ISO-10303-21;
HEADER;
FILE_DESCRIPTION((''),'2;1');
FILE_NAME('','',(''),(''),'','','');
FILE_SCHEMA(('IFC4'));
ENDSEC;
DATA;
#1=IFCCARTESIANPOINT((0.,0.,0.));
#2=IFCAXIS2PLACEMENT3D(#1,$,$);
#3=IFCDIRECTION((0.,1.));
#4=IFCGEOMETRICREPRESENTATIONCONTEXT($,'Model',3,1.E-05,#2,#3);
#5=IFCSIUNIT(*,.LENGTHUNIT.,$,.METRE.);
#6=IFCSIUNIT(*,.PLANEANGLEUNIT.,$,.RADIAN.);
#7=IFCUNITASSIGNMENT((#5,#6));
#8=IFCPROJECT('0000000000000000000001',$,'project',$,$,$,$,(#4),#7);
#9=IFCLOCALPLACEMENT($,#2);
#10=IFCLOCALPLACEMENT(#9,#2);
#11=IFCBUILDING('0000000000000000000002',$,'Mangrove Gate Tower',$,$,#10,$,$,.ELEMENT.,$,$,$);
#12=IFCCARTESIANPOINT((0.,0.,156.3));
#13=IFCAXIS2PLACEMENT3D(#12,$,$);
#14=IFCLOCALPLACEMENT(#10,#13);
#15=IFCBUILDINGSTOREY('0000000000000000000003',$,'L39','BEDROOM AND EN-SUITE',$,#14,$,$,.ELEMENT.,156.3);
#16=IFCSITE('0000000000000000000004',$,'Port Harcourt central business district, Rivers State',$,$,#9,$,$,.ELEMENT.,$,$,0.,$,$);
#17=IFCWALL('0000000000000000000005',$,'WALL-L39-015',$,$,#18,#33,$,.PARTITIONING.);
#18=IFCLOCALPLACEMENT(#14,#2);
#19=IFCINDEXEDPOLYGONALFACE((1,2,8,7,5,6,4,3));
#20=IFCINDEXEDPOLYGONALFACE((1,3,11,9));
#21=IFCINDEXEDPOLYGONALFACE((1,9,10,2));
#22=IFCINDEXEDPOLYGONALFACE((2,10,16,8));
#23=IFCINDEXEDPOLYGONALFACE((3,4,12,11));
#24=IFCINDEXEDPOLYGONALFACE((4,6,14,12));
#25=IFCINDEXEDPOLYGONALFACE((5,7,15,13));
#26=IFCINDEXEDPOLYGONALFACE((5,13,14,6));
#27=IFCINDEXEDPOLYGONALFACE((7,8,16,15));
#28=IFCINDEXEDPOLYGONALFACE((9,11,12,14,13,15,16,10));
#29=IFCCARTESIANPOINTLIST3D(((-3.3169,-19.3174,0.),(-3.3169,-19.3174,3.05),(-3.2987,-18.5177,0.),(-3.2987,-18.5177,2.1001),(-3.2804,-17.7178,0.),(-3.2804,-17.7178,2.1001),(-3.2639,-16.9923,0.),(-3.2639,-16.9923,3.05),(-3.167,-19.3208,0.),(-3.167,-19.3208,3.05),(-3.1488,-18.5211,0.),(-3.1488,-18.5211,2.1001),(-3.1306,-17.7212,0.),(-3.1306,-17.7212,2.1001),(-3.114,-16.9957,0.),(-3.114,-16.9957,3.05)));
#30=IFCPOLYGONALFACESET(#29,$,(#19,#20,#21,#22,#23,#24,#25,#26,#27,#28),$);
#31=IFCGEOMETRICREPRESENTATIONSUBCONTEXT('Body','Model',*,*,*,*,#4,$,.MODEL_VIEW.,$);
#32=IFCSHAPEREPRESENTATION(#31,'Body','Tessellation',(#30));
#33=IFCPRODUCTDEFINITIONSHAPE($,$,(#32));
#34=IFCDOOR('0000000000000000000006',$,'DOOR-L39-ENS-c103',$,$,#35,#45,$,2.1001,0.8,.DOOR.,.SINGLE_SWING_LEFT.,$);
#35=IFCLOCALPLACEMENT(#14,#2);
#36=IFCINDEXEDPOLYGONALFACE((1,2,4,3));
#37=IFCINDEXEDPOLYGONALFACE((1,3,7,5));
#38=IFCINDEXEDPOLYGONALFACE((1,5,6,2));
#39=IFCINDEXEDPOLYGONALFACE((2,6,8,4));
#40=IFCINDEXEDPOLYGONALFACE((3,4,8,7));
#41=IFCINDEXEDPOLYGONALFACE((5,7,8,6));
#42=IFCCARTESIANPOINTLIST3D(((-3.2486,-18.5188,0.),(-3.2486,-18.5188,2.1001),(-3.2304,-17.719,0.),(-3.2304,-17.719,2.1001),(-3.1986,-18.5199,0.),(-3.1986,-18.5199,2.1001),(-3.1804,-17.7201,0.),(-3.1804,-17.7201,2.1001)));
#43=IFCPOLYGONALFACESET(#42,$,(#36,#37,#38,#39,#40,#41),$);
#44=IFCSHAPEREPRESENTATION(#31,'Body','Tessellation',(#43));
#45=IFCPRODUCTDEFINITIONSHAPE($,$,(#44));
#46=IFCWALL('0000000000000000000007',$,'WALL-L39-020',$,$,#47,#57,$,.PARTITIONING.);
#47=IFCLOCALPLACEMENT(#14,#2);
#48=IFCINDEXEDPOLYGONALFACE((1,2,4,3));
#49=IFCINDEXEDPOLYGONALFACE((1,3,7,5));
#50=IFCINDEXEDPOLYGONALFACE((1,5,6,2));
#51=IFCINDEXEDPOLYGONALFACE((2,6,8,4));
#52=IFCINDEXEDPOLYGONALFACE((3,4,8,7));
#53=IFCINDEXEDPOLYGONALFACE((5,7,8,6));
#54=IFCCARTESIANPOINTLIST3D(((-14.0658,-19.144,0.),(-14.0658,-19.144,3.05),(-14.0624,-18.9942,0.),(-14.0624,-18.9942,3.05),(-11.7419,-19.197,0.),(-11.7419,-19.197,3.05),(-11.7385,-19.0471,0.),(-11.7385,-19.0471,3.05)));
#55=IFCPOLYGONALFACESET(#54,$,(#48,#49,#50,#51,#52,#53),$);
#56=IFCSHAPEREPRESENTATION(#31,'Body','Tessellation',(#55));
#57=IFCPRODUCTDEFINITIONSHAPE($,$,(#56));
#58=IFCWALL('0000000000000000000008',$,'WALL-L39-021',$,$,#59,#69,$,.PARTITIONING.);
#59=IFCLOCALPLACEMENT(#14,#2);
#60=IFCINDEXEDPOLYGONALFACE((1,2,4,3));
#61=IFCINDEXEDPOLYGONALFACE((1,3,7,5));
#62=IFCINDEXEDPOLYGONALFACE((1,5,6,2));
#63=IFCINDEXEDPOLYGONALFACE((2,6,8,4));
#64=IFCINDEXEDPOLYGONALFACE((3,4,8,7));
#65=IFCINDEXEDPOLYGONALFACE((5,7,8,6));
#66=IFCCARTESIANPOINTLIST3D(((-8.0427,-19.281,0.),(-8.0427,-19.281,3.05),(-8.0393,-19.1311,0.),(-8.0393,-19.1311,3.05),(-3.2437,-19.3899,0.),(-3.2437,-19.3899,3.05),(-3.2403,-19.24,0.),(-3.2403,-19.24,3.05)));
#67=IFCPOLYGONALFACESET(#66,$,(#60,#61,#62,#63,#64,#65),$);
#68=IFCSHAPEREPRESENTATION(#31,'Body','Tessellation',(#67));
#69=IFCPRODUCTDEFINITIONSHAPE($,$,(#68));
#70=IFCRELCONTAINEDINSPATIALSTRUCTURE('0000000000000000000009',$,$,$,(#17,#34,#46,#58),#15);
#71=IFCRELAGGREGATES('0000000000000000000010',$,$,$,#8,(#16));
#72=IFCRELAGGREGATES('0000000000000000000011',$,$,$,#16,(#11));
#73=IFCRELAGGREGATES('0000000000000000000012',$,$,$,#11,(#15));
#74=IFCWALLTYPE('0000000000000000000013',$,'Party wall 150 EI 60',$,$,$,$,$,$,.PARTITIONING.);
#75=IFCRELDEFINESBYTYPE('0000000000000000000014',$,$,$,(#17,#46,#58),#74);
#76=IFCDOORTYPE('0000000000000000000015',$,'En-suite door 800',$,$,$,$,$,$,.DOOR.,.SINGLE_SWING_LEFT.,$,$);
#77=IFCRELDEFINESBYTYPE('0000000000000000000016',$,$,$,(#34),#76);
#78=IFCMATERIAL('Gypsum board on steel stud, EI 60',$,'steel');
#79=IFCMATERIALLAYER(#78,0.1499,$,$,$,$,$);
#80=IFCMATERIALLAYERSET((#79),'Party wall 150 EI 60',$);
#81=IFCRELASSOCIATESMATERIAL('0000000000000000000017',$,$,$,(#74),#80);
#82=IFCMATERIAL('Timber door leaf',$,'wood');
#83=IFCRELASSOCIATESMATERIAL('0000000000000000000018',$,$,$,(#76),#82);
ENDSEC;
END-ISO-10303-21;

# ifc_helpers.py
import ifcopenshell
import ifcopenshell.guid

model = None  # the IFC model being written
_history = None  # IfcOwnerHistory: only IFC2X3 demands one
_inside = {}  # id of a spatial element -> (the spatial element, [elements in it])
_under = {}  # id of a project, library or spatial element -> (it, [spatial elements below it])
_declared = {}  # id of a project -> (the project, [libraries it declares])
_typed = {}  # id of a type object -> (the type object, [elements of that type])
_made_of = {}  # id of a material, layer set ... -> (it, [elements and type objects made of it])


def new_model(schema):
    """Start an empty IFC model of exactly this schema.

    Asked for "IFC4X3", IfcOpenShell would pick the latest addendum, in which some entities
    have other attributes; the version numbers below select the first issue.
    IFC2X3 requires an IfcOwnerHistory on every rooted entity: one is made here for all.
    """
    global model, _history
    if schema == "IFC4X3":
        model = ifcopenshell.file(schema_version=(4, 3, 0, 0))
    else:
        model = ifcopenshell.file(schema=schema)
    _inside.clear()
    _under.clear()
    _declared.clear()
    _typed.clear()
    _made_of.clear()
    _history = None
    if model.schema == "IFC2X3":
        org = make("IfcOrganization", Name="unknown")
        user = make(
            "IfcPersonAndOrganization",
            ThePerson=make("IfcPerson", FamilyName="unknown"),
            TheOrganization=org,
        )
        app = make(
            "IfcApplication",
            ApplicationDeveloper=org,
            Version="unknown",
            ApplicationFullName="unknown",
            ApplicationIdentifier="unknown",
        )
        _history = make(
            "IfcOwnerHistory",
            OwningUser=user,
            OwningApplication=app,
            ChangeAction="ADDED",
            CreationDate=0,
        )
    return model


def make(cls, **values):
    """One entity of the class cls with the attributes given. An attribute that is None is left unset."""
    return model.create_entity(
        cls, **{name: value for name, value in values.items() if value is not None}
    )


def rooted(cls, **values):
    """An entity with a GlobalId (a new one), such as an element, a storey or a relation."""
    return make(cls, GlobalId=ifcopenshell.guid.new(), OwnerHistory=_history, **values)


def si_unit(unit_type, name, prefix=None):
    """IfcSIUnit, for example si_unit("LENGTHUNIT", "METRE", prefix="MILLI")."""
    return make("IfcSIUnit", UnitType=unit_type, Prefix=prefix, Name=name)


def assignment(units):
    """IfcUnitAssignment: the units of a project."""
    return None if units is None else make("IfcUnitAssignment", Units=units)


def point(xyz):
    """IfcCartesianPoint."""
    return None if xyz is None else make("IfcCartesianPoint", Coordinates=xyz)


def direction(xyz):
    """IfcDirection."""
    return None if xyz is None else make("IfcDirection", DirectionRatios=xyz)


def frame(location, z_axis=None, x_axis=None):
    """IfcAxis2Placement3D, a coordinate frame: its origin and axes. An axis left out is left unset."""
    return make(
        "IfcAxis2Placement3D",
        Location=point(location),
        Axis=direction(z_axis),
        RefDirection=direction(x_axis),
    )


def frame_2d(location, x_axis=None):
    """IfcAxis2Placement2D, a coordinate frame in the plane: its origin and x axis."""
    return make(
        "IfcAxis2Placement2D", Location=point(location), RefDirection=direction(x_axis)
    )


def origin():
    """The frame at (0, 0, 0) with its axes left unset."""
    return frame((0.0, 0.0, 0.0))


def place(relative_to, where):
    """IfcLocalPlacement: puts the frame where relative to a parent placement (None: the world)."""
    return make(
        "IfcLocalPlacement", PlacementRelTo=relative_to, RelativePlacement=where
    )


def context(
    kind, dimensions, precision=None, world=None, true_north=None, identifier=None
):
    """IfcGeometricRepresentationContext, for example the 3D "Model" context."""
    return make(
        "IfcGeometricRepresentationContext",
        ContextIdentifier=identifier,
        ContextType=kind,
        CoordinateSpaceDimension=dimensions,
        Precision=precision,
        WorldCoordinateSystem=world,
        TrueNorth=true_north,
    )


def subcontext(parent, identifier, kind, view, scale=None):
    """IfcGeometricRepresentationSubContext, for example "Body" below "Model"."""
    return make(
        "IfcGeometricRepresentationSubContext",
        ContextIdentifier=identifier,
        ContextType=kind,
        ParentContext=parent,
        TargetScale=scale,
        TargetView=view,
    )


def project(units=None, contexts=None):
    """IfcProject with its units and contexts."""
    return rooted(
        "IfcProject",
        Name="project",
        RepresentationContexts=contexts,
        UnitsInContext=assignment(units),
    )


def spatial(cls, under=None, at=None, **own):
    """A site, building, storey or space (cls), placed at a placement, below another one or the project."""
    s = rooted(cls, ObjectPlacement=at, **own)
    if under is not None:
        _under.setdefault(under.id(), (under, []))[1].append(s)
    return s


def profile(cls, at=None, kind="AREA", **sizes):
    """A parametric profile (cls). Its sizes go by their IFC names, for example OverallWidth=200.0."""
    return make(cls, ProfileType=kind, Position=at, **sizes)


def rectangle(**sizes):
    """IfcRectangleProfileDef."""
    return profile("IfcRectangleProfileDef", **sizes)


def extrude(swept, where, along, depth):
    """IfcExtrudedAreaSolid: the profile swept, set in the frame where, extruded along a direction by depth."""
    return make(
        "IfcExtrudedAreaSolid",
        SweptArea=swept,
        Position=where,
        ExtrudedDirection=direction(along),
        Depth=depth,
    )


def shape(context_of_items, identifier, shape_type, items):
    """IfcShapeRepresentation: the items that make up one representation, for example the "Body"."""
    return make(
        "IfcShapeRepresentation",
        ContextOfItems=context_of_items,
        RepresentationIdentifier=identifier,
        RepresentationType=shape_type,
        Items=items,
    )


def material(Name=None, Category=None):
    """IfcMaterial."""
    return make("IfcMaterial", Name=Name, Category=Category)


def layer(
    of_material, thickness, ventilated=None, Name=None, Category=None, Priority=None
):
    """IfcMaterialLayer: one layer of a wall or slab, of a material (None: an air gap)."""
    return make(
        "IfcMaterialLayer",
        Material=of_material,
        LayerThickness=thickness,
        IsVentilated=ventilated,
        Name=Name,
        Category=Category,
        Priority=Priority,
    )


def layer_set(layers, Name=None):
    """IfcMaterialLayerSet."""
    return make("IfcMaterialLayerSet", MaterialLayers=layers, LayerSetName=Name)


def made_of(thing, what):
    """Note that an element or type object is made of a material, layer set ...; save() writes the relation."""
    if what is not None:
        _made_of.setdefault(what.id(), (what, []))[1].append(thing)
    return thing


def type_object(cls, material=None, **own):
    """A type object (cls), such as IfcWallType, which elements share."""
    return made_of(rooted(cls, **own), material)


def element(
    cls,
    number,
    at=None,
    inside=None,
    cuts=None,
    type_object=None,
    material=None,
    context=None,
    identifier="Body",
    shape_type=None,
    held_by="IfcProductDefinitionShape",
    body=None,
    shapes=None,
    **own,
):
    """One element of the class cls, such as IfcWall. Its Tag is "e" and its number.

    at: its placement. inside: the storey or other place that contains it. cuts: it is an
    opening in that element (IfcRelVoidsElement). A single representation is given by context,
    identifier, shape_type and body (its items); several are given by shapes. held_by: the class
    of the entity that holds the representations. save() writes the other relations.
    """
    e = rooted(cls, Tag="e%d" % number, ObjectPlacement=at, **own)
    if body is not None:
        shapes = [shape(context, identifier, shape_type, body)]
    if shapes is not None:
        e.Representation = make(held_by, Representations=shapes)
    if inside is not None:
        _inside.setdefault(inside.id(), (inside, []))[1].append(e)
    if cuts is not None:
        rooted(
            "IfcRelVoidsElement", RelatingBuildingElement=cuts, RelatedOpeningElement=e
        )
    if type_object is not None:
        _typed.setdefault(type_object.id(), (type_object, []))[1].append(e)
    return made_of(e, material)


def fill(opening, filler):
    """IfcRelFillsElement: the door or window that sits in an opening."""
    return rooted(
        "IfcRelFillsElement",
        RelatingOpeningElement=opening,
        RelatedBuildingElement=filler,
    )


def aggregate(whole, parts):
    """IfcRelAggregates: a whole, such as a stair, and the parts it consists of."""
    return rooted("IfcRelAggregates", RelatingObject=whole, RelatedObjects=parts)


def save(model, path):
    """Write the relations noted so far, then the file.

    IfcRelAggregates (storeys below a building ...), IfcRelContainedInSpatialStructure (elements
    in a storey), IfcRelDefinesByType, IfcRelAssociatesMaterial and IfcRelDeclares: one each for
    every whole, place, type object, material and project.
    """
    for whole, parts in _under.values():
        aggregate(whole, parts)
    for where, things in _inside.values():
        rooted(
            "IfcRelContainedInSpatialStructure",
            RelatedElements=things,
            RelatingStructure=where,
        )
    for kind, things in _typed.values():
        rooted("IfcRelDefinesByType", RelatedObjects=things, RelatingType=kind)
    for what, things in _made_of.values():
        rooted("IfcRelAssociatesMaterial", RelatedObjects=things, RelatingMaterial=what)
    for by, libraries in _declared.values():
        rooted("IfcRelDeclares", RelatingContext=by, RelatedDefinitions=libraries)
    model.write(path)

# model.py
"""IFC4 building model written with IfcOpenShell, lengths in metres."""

from ifc_helpers import new_model, si_unit, direction, frame, frame_2d, origin, place, context, subcontext, project, spatial, rectangle, extrude, material, layer, layer_set, type_object, element, fill, save


model = new_model("IFC4")

# Units and contexts
model_context = context("Model", 3, precision=1e-05, world=origin(), true_north=direction((0.0, 1.0)))
body_context = subcontext(model_context, "Body", "Model", "MODEL_VIEW")
ifc_project = project(units=[si_unit("LENGTHUNIT", "METRE"), si_unit("PLANEANGLEUNIT", "RADIAN")], contexts=[model_context])

# Site, building, storey
site_placement = place(None, origin())
site = spatial("IfcSite", under=ifc_project, at=site_placement, Name="Port Harcourt central business district, Rivers State", CompositionType="ELEMENT", RefElevation=0.0)
building_placement = place(site_placement, origin())
building = spatial("IfcBuilding", under=site, at=building_placement, Name="Mangrove Gate Tower", CompositionType="ELEMENT")
storey_placement = place(building_placement, frame((0.0, 0.0, 156.3)))
storey = spatial("IfcBuildingStorey", under=building, at=storey_placement, Name="L39", Description="BEDROOM AND EN-SUITE", CompositionType="ELEMENT", Elevation=156.3)

# Shared definitions
ifc_material_1 = material(Name="Gypsum board on steel stud, EI 60", Category="steel")
ifc_layer_1 = layer(ifc_material_1, 0.1499)
ifc_layer_set_1 = layer_set([ifc_layer_1], Name="Party wall 150 EI 60")
wall_type_1 = type_object("IfcWallType", Name="Party wall 150 EI 60", PredefinedType="PARTITIONING", material=ifc_layer_set_1)

# Wall, opening, door
ifc_material_2 = material(Name="Timber door leaf", Category="wood")
door_type_1 = type_object("IfcDoorType", Name="En-suite door 800", OperationType="SINGLE_SWING_LEFT", PredefinedType="DOOR", material=ifc_material_2)
wall_1_placement = place(storey_placement, frame((-3.2419, -19.3191, 0.0), z_axis=(0.0, 0.0, 1.0), x_axis=(0.022779, 0.999741, 0.0)))
wall_1 = element("IfcWall", 1, at=wall_1_placement, inside=storey, type_object=wall_type_1, Name="WALL-L39-015", PredefinedType="PARTITIONING", context=body_context, shape_type="SweptSolid", body=[
    extrude(rectangle(XDim=2.3257, YDim=0.1499, at=frame_2d((1.1628, 0.0))), origin(), (0.0, 0.0, 1.0), 3.05),
])
opening_1_placement = place(wall_1_placement, frame((0.8, 0.0, 0.0)))
opening_1 = element("IfcOpeningElement", 2, at=opening_1_placement, cuts=wall_1, PredefinedType="OPENING", context=body_context, shape_type="SweptSolid", body=[
    extrude(rectangle(XDim=0.8, YDim=2.1001, at=frame_2d((0.3999, 1.05))), frame((0.0, 0.085, 0.0), z_axis=(0.0, -1.0, 0.0), x_axis=(1.0, 0.0, 0.0)), (0.0, 0.0, 1.0), 0.1699),
])
door_1_placement = place(opening_1_placement, origin())
door_1 = element("IfcDoor", 3, at=door_1_placement, inside=storey, type_object=door_type_1, Name="DOOR-L39-ENS-c103", OperationType="SINGLE_SWING_LEFT", OverallHeight=2.1001, OverallWidth=0.8, PredefinedType="DOOR", context=body_context, shape_type="SweptSolid", body=[
    extrude(rectangle(XDim=0.8, YDim=2.1001, at=frame_2d((0.3999, 1.05))), frame((0.0, 0.0249, 0.0), z_axis=(0.0, -1.0, 0.0), x_axis=(1.0, 0.0, 0.0)), (0.0, 0.0, 1.0), 0.05),
])
fill(opening_1, door_1)

# Walls
wall_2_placement = place(storey_placement, frame((-14.064, -19.0691, 0.0), z_axis=(0.0, 0.0, 1.0), x_axis=(0.99974, -0.022791, 0.0)))
element("IfcWall", 4, at=wall_2_placement, inside=storey, type_object=wall_type_1, Name="WALL-L39-020", PredefinedType="PARTITIONING", context=body_context, shape_type="SweptSolid", body=[
    extrude(rectangle(XDim=2.3245, YDim=0.1499, at=frame_2d((1.1621, 0.0))), origin(), (0.0, 0.0, 1.0), 3.05),
])
wall_3_placement = place(storey_placement, frame((-8.041, -19.2061, 0.0), z_axis=(0.0, 0.0, 1.0), x_axis=(0.999743, -0.022683, 0.0)))
element("IfcWall", 5, at=wall_3_placement, inside=storey, type_object=wall_type_1, Name="WALL-L39-021", PredefinedType="PARTITIONING", context=body_context, shape_type="SweptSolid", body=[
    extrude(rectangle(XDim=4.8003, YDim=0.1499, at=frame_2d((2.4001, 0.0))), origin(), (0.0, 0.0, 1.0), 3.05),
])

save(model, "model.ifc")
